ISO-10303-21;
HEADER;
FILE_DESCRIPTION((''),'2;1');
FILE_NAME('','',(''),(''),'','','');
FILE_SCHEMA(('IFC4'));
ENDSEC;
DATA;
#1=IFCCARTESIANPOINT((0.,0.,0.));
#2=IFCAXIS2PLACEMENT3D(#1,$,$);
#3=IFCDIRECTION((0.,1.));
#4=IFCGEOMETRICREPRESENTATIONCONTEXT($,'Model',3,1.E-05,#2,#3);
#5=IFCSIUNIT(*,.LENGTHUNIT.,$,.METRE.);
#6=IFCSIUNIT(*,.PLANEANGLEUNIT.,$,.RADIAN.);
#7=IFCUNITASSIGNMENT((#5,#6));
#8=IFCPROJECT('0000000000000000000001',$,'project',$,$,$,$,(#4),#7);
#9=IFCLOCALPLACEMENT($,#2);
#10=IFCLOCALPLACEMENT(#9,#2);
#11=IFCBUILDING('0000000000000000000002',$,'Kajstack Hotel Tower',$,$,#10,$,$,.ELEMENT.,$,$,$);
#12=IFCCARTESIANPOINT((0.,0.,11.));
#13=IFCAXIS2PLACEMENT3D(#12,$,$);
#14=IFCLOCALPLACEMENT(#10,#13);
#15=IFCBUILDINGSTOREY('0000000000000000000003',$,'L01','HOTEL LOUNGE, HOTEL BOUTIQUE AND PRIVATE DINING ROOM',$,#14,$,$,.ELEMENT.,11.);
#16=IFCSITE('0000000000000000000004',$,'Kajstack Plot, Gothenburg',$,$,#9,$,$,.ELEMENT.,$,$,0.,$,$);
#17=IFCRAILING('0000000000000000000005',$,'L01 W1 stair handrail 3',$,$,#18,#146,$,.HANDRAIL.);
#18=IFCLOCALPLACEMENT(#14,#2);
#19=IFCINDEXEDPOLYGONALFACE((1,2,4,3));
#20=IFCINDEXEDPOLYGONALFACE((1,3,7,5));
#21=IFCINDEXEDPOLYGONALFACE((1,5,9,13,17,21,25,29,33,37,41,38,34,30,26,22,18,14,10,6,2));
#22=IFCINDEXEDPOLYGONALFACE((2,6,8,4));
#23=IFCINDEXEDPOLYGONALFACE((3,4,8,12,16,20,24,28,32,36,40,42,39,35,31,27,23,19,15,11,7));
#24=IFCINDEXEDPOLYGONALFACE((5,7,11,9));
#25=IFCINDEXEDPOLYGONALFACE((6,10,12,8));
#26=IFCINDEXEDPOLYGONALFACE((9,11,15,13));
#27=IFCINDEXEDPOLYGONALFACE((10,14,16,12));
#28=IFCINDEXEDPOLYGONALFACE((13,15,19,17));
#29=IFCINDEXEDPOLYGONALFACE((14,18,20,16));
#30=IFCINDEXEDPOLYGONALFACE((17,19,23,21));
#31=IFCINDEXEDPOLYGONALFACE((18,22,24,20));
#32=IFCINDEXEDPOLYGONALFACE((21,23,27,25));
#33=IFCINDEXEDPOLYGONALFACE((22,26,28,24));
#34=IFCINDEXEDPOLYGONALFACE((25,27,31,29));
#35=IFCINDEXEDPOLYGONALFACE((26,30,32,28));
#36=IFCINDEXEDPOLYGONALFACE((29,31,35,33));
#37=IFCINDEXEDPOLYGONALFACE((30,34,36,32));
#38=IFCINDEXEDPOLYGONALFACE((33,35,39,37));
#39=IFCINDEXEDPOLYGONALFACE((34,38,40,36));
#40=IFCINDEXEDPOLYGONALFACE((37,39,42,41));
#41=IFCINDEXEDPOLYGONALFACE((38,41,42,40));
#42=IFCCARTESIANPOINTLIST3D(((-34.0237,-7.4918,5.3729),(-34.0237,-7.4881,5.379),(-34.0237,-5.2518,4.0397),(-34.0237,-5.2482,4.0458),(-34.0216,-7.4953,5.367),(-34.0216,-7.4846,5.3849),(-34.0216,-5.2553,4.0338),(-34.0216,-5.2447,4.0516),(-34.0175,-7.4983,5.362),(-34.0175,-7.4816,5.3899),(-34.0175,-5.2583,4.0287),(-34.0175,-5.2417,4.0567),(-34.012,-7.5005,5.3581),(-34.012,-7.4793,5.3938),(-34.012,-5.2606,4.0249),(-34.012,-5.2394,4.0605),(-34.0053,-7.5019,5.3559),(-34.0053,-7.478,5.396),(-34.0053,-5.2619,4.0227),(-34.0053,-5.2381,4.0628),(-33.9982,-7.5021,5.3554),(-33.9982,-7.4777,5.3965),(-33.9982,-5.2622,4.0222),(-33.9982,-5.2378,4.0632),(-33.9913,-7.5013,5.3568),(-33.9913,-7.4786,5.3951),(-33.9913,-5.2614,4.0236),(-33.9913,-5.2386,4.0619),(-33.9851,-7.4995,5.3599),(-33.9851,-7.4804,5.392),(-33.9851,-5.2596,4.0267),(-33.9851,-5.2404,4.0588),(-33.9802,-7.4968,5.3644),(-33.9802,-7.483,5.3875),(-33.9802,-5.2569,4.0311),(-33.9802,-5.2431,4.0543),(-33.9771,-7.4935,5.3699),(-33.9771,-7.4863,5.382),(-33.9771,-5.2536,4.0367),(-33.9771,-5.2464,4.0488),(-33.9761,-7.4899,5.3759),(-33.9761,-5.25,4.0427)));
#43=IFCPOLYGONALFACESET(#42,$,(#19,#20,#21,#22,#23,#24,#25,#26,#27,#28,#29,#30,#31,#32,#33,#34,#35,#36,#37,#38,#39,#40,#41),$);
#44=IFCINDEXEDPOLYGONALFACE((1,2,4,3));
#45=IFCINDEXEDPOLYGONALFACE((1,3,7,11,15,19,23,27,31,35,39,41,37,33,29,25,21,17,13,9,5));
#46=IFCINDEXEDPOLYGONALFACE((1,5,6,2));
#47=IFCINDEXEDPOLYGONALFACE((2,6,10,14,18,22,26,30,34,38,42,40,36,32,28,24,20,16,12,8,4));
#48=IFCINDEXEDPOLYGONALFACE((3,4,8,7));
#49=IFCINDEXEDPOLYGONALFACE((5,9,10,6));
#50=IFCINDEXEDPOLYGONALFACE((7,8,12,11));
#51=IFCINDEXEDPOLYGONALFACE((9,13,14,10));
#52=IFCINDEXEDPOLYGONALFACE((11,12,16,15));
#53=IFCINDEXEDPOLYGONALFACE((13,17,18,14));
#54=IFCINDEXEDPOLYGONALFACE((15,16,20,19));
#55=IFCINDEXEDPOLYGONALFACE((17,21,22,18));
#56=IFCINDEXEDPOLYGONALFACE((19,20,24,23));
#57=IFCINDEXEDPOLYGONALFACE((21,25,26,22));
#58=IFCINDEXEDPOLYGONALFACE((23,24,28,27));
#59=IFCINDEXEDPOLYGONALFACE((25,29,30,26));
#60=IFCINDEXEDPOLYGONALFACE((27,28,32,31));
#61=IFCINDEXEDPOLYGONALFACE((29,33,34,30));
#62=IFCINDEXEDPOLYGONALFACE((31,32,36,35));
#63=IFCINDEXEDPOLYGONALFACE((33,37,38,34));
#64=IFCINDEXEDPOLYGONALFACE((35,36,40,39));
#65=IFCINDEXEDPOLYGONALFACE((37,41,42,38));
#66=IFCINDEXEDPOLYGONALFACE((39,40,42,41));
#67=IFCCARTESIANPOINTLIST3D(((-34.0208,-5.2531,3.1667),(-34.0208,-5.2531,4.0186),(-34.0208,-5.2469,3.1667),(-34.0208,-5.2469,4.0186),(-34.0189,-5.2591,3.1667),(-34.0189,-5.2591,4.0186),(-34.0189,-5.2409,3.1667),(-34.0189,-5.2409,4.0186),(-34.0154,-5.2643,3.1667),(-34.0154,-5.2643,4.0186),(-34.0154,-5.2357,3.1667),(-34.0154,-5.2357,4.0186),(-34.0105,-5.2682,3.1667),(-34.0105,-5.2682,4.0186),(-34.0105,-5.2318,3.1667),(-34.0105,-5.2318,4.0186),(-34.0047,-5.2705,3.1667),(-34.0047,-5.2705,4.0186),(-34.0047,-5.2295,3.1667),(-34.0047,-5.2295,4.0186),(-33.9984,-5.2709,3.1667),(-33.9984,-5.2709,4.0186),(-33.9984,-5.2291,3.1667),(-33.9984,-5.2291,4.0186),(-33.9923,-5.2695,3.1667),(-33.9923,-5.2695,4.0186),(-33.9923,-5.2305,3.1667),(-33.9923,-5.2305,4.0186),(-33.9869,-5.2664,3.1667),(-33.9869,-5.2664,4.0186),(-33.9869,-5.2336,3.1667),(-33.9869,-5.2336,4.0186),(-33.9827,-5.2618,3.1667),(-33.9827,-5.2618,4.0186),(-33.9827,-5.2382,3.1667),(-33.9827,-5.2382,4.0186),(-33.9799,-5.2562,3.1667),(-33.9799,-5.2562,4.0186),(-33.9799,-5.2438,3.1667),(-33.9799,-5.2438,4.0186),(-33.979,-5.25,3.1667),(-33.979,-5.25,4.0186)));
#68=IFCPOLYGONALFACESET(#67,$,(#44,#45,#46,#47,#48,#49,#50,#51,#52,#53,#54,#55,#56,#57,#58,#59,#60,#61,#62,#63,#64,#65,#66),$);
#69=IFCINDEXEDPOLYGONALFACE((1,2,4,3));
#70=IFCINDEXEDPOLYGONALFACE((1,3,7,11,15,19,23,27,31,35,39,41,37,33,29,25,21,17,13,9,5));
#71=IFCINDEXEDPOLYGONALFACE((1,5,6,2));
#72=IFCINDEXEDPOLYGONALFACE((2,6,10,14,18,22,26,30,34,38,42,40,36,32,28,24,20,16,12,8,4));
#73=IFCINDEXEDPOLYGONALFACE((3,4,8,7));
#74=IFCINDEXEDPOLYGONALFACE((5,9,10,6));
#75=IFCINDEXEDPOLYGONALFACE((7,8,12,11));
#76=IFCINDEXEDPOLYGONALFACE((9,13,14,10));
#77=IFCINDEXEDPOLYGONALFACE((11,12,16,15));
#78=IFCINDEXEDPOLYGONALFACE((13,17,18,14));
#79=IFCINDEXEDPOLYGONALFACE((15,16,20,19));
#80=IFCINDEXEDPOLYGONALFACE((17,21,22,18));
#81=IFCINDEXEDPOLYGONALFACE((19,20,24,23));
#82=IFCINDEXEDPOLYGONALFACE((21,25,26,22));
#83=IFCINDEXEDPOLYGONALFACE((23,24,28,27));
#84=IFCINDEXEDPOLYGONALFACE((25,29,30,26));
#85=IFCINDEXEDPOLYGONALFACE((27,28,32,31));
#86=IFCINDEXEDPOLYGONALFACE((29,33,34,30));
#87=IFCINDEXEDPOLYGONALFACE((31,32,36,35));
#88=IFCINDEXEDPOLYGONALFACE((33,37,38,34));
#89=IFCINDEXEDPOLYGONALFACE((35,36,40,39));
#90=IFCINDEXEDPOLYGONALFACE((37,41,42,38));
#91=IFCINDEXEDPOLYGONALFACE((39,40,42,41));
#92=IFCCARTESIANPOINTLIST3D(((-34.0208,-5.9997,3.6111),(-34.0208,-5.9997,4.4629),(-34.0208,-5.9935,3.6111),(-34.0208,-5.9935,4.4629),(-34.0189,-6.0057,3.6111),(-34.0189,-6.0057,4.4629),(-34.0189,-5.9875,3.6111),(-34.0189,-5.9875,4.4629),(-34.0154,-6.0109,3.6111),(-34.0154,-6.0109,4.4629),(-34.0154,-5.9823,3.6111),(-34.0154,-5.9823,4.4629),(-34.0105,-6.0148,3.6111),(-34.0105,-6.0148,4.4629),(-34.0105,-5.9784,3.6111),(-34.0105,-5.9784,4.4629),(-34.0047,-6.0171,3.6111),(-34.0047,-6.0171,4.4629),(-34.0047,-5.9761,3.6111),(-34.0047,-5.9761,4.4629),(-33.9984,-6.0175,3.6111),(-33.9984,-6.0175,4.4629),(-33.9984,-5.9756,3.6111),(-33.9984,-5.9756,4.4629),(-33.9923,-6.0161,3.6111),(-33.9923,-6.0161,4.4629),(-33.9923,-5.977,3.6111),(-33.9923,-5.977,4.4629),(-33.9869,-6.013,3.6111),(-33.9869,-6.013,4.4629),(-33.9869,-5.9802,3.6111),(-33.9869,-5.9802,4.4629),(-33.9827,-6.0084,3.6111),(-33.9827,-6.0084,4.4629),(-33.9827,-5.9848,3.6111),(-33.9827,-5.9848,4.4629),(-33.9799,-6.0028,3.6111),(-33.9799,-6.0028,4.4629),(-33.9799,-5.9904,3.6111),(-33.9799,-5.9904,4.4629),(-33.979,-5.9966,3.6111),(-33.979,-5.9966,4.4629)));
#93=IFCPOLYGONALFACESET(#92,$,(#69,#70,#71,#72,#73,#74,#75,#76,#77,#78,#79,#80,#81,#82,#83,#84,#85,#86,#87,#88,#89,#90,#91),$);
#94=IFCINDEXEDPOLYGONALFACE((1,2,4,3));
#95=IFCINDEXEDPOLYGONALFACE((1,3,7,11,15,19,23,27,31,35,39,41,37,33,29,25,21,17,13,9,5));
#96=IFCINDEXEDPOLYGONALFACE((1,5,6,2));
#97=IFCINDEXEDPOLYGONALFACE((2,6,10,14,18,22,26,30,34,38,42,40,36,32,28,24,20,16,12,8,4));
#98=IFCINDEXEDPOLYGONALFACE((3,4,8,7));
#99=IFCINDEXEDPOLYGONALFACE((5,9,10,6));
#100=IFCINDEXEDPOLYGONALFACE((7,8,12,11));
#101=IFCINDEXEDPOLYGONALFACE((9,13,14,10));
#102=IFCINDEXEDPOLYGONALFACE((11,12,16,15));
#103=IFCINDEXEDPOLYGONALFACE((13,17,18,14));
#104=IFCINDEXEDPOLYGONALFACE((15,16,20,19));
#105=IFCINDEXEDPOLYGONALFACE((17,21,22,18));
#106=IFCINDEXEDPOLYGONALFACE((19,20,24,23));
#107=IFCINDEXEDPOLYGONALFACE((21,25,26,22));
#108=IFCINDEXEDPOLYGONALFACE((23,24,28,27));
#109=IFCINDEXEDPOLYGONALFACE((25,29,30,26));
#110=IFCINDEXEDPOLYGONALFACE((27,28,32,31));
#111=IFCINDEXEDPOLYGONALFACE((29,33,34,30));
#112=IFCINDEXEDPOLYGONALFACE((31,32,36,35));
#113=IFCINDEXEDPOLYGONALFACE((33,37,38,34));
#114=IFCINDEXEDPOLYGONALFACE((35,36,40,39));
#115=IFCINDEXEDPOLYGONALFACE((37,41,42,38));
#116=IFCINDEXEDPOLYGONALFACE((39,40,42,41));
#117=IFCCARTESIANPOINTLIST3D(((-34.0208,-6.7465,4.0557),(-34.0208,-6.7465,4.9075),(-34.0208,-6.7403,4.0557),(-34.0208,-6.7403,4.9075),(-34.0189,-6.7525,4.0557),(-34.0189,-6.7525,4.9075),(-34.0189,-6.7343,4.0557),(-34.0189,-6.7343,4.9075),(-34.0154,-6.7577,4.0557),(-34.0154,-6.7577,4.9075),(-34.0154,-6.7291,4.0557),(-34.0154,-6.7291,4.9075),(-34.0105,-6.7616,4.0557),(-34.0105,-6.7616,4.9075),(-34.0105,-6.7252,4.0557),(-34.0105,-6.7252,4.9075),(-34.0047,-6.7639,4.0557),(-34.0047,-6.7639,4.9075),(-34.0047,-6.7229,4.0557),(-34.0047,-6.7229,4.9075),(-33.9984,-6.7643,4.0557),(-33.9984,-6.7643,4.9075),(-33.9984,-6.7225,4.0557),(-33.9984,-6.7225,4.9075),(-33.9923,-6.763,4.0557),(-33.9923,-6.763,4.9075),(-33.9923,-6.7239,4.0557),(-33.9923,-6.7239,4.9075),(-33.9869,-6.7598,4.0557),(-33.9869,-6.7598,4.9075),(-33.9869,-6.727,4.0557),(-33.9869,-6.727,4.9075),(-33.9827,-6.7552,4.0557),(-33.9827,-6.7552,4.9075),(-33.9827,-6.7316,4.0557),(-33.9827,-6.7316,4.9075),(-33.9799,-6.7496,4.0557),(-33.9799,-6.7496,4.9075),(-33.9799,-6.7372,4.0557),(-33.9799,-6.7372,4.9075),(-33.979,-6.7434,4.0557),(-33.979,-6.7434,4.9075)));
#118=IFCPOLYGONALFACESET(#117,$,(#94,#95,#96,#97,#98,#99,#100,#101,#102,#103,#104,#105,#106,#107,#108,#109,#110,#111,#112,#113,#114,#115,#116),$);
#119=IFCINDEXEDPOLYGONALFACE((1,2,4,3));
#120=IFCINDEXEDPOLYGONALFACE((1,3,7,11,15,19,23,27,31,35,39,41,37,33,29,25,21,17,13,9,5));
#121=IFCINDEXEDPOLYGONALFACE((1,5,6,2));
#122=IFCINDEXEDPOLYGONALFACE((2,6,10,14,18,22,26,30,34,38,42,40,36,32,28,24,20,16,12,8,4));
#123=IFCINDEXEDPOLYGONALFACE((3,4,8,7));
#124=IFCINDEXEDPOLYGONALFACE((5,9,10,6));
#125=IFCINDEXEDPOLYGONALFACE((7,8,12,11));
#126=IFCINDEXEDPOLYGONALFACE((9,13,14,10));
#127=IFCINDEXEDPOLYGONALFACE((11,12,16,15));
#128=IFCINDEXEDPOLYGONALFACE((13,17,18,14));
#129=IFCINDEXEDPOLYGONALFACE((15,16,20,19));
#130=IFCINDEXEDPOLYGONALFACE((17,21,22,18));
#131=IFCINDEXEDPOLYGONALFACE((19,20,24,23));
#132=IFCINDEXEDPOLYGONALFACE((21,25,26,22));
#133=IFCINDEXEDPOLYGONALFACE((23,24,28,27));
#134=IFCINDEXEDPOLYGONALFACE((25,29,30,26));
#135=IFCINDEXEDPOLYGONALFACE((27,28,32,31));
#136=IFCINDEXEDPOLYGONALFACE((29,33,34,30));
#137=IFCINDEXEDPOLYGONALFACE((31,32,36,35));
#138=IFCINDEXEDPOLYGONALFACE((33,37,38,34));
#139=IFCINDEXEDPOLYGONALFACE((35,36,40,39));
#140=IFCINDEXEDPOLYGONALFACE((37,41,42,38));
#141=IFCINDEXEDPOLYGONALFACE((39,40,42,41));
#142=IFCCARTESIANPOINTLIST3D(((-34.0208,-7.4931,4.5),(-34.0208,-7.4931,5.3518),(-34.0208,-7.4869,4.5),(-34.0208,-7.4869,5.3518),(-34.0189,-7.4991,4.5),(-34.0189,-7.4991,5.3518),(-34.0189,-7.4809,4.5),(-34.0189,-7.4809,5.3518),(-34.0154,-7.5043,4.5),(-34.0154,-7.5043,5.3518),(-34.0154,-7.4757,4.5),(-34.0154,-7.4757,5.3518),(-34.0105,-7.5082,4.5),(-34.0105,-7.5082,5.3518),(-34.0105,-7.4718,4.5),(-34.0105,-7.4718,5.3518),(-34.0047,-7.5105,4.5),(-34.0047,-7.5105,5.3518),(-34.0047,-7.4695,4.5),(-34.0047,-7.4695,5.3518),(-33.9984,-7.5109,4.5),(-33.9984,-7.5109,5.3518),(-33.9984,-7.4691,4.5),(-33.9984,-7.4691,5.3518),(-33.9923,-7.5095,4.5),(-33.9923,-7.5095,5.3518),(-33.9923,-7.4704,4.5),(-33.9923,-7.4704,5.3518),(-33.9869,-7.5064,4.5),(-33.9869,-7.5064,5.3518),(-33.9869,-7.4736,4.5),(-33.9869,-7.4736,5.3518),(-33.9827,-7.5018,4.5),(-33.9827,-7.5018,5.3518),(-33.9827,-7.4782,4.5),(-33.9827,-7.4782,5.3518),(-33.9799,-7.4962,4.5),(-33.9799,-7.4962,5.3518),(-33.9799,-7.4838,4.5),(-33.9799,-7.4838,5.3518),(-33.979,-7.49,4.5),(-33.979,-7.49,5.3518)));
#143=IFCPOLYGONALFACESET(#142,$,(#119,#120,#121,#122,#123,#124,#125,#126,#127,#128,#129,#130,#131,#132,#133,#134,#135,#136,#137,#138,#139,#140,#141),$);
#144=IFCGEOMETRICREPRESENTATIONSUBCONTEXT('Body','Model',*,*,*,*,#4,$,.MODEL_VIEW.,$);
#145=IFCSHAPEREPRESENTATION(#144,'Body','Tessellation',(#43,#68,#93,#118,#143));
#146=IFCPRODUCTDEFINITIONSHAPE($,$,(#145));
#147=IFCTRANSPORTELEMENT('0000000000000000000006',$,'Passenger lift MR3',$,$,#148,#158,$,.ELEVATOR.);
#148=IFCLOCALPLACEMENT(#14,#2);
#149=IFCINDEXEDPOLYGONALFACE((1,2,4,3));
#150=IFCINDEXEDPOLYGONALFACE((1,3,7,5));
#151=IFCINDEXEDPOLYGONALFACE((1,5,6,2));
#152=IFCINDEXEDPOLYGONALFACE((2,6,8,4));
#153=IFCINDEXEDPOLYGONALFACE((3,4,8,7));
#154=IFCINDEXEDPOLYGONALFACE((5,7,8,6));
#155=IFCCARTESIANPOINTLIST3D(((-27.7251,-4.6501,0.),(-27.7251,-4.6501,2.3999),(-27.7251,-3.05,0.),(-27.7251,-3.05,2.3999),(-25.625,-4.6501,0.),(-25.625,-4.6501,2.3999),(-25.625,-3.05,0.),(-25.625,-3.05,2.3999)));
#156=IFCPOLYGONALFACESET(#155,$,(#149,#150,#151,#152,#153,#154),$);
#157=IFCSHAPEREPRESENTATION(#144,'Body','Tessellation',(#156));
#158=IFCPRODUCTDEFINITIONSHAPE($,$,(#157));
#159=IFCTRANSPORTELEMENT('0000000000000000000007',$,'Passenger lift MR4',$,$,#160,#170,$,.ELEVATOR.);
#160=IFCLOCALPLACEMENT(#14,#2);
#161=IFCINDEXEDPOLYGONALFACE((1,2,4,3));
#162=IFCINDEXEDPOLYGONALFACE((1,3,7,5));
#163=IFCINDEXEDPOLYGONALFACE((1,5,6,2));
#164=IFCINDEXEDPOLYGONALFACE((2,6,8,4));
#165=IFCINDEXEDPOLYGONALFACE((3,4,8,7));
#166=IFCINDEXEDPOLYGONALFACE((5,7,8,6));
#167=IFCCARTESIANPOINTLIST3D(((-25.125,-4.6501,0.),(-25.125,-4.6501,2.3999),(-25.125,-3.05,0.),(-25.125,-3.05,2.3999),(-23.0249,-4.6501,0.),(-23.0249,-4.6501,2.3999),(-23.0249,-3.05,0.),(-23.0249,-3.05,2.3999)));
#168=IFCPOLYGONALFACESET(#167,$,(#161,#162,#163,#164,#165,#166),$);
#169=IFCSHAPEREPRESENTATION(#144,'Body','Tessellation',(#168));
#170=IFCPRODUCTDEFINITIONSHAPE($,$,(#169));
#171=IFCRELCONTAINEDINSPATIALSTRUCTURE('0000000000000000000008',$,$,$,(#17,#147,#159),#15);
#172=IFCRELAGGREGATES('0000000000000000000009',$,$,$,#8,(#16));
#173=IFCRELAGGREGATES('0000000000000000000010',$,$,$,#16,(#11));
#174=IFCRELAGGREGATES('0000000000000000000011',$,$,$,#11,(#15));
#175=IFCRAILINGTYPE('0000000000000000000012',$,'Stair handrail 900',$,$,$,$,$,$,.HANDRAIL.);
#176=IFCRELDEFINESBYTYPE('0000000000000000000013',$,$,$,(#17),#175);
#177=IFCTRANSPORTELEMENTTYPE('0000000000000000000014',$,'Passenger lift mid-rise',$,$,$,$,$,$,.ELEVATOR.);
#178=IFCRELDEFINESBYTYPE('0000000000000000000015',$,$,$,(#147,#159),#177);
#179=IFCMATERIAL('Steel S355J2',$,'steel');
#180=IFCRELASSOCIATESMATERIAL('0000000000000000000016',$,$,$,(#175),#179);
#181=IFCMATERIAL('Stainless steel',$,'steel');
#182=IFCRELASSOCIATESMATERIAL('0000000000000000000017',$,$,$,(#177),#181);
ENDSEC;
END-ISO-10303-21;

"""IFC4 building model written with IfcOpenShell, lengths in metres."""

from ifc_helpers import new_model, si_unit, direction, frame, origin, origin_2d, place, context, subcontext, project, spatial, rectangle, circle, extrude, material, type_object, element, save


model = new_model("IFC4")

# Units and contexts
model_context = context("Model", 3, precision=1e-05, world=origin(), true_north=direction((0.0, 1.0)))
body_context = subcontext(model_context, "Body", "Model", "MODEL_VIEW")
ifc_project = project(units=[si_unit("LENGTHUNIT", "METRE"), si_unit("PLANEANGLEUNIT", "RADIAN")], contexts=[model_context])

# Site, building, storey
site_placement = place(None, origin())
site = spatial("IfcSite", under=ifc_project, at=site_placement, Name="Kajstack Plot, Gothenburg", CompositionType="ELEMENT", RefElevation=0.0)
building_placement = place(site_placement, origin())
building = spatial("IfcBuilding", under=site, at=building_placement, Name="Kajstack Hotel Tower", CompositionType="ELEMENT")
storey_placement = place(building_placement, frame((0.0, 0.0, 11.0)))
storey = spatial("IfcBuildingStorey", under=building, at=storey_placement, Name="L01", Description="HOTEL LOUNGE, HOTEL BOUTIQUE AND PRIVATE DINING ROOM", CompositionType="ELEMENT", Elevation=11.0)

# Shared definitions
ifc_material_1 = material(Name="Stainless steel", Category="steel")

# Railing
ifc_material_2 = material(Name="Steel S355J2", Category="steel")
railing_type_1 = type_object("IfcRailingType", Name="Stair handrail 900", PredefinedType="HANDRAIL", material=ifc_material_2)
for number, where, name in (
    (1, (-34.0, -5.25, 3.1667), "L01 W1 stair handrail 3"),
):
    element("IfcRailing", number, at=place(storey_placement, frame(where)), inside=storey, type_object=railing_type_1, Name=name, PredefinedType="HANDRAIL", context=body_context, shape_type="SweptSolid", body=[
        extrude(circle(Radius=0.0239, at=origin_2d()), frame((0.0, 0.0, 0.876), z_axis=(0.0, -0.859306, 0.511462), x_axis=(1.0, 0.0, 0.0)), (0.0, 0.0, 1.0), 2.6067),
        extrude(circle(Radius=0.021, at=origin_2d()), origin(), (0.0, 0.0, 1.0), 0.8518),
        extrude(circle(Radius=0.021, at=origin_2d()), frame((0.0, -0.7466, 0.4443)), (0.0, 0.0, 1.0), 0.8518),
        extrude(circle(Radius=0.021, at=origin_2d()), frame((0.0, -1.4934, 0.8889)), (0.0, 0.0, 1.0), 0.8518),
        extrude(circle(Radius=0.021, at=origin_2d()), frame((0.0, -2.24, 1.3333)), (0.0, 0.0, 1.0), 0.8518),
    ])

# Transport elements
transport_element_type = type_object("IfcTransportElementType", Name="Passenger lift mid-rise", PredefinedType="ELEVATOR", material=ifc_material_1)
for number, where, z_axis, x_axis, name in (
    (2, (-26.675, -3.8501, 0.0), (0.0, 0.0, 1.0), (1.0, 0.0, 0.0), "Passenger lift MR3"),
    (3, (-24.075, -3.8501, 0.0), (0.0, 0.0, 1.0), (1.0, 0.0, 0.0), "Passenger lift MR4"),
):
    element("IfcTransportElement", number, at=place(storey_placement, frame(where, z_axis=z_axis, x_axis=x_axis)), inside=storey, type_object=transport_element_type, Name=name, PredefinedType="ELEVATOR", context=body_context, shape_type="SweptSolid", body=[
        extrude(rectangle(XDim=2.1001, YDim=1.6001, at=origin_2d()), origin(), (0.0, 0.0, 1.0), 2.3999),
    ])

save(model, "model.ifc")
